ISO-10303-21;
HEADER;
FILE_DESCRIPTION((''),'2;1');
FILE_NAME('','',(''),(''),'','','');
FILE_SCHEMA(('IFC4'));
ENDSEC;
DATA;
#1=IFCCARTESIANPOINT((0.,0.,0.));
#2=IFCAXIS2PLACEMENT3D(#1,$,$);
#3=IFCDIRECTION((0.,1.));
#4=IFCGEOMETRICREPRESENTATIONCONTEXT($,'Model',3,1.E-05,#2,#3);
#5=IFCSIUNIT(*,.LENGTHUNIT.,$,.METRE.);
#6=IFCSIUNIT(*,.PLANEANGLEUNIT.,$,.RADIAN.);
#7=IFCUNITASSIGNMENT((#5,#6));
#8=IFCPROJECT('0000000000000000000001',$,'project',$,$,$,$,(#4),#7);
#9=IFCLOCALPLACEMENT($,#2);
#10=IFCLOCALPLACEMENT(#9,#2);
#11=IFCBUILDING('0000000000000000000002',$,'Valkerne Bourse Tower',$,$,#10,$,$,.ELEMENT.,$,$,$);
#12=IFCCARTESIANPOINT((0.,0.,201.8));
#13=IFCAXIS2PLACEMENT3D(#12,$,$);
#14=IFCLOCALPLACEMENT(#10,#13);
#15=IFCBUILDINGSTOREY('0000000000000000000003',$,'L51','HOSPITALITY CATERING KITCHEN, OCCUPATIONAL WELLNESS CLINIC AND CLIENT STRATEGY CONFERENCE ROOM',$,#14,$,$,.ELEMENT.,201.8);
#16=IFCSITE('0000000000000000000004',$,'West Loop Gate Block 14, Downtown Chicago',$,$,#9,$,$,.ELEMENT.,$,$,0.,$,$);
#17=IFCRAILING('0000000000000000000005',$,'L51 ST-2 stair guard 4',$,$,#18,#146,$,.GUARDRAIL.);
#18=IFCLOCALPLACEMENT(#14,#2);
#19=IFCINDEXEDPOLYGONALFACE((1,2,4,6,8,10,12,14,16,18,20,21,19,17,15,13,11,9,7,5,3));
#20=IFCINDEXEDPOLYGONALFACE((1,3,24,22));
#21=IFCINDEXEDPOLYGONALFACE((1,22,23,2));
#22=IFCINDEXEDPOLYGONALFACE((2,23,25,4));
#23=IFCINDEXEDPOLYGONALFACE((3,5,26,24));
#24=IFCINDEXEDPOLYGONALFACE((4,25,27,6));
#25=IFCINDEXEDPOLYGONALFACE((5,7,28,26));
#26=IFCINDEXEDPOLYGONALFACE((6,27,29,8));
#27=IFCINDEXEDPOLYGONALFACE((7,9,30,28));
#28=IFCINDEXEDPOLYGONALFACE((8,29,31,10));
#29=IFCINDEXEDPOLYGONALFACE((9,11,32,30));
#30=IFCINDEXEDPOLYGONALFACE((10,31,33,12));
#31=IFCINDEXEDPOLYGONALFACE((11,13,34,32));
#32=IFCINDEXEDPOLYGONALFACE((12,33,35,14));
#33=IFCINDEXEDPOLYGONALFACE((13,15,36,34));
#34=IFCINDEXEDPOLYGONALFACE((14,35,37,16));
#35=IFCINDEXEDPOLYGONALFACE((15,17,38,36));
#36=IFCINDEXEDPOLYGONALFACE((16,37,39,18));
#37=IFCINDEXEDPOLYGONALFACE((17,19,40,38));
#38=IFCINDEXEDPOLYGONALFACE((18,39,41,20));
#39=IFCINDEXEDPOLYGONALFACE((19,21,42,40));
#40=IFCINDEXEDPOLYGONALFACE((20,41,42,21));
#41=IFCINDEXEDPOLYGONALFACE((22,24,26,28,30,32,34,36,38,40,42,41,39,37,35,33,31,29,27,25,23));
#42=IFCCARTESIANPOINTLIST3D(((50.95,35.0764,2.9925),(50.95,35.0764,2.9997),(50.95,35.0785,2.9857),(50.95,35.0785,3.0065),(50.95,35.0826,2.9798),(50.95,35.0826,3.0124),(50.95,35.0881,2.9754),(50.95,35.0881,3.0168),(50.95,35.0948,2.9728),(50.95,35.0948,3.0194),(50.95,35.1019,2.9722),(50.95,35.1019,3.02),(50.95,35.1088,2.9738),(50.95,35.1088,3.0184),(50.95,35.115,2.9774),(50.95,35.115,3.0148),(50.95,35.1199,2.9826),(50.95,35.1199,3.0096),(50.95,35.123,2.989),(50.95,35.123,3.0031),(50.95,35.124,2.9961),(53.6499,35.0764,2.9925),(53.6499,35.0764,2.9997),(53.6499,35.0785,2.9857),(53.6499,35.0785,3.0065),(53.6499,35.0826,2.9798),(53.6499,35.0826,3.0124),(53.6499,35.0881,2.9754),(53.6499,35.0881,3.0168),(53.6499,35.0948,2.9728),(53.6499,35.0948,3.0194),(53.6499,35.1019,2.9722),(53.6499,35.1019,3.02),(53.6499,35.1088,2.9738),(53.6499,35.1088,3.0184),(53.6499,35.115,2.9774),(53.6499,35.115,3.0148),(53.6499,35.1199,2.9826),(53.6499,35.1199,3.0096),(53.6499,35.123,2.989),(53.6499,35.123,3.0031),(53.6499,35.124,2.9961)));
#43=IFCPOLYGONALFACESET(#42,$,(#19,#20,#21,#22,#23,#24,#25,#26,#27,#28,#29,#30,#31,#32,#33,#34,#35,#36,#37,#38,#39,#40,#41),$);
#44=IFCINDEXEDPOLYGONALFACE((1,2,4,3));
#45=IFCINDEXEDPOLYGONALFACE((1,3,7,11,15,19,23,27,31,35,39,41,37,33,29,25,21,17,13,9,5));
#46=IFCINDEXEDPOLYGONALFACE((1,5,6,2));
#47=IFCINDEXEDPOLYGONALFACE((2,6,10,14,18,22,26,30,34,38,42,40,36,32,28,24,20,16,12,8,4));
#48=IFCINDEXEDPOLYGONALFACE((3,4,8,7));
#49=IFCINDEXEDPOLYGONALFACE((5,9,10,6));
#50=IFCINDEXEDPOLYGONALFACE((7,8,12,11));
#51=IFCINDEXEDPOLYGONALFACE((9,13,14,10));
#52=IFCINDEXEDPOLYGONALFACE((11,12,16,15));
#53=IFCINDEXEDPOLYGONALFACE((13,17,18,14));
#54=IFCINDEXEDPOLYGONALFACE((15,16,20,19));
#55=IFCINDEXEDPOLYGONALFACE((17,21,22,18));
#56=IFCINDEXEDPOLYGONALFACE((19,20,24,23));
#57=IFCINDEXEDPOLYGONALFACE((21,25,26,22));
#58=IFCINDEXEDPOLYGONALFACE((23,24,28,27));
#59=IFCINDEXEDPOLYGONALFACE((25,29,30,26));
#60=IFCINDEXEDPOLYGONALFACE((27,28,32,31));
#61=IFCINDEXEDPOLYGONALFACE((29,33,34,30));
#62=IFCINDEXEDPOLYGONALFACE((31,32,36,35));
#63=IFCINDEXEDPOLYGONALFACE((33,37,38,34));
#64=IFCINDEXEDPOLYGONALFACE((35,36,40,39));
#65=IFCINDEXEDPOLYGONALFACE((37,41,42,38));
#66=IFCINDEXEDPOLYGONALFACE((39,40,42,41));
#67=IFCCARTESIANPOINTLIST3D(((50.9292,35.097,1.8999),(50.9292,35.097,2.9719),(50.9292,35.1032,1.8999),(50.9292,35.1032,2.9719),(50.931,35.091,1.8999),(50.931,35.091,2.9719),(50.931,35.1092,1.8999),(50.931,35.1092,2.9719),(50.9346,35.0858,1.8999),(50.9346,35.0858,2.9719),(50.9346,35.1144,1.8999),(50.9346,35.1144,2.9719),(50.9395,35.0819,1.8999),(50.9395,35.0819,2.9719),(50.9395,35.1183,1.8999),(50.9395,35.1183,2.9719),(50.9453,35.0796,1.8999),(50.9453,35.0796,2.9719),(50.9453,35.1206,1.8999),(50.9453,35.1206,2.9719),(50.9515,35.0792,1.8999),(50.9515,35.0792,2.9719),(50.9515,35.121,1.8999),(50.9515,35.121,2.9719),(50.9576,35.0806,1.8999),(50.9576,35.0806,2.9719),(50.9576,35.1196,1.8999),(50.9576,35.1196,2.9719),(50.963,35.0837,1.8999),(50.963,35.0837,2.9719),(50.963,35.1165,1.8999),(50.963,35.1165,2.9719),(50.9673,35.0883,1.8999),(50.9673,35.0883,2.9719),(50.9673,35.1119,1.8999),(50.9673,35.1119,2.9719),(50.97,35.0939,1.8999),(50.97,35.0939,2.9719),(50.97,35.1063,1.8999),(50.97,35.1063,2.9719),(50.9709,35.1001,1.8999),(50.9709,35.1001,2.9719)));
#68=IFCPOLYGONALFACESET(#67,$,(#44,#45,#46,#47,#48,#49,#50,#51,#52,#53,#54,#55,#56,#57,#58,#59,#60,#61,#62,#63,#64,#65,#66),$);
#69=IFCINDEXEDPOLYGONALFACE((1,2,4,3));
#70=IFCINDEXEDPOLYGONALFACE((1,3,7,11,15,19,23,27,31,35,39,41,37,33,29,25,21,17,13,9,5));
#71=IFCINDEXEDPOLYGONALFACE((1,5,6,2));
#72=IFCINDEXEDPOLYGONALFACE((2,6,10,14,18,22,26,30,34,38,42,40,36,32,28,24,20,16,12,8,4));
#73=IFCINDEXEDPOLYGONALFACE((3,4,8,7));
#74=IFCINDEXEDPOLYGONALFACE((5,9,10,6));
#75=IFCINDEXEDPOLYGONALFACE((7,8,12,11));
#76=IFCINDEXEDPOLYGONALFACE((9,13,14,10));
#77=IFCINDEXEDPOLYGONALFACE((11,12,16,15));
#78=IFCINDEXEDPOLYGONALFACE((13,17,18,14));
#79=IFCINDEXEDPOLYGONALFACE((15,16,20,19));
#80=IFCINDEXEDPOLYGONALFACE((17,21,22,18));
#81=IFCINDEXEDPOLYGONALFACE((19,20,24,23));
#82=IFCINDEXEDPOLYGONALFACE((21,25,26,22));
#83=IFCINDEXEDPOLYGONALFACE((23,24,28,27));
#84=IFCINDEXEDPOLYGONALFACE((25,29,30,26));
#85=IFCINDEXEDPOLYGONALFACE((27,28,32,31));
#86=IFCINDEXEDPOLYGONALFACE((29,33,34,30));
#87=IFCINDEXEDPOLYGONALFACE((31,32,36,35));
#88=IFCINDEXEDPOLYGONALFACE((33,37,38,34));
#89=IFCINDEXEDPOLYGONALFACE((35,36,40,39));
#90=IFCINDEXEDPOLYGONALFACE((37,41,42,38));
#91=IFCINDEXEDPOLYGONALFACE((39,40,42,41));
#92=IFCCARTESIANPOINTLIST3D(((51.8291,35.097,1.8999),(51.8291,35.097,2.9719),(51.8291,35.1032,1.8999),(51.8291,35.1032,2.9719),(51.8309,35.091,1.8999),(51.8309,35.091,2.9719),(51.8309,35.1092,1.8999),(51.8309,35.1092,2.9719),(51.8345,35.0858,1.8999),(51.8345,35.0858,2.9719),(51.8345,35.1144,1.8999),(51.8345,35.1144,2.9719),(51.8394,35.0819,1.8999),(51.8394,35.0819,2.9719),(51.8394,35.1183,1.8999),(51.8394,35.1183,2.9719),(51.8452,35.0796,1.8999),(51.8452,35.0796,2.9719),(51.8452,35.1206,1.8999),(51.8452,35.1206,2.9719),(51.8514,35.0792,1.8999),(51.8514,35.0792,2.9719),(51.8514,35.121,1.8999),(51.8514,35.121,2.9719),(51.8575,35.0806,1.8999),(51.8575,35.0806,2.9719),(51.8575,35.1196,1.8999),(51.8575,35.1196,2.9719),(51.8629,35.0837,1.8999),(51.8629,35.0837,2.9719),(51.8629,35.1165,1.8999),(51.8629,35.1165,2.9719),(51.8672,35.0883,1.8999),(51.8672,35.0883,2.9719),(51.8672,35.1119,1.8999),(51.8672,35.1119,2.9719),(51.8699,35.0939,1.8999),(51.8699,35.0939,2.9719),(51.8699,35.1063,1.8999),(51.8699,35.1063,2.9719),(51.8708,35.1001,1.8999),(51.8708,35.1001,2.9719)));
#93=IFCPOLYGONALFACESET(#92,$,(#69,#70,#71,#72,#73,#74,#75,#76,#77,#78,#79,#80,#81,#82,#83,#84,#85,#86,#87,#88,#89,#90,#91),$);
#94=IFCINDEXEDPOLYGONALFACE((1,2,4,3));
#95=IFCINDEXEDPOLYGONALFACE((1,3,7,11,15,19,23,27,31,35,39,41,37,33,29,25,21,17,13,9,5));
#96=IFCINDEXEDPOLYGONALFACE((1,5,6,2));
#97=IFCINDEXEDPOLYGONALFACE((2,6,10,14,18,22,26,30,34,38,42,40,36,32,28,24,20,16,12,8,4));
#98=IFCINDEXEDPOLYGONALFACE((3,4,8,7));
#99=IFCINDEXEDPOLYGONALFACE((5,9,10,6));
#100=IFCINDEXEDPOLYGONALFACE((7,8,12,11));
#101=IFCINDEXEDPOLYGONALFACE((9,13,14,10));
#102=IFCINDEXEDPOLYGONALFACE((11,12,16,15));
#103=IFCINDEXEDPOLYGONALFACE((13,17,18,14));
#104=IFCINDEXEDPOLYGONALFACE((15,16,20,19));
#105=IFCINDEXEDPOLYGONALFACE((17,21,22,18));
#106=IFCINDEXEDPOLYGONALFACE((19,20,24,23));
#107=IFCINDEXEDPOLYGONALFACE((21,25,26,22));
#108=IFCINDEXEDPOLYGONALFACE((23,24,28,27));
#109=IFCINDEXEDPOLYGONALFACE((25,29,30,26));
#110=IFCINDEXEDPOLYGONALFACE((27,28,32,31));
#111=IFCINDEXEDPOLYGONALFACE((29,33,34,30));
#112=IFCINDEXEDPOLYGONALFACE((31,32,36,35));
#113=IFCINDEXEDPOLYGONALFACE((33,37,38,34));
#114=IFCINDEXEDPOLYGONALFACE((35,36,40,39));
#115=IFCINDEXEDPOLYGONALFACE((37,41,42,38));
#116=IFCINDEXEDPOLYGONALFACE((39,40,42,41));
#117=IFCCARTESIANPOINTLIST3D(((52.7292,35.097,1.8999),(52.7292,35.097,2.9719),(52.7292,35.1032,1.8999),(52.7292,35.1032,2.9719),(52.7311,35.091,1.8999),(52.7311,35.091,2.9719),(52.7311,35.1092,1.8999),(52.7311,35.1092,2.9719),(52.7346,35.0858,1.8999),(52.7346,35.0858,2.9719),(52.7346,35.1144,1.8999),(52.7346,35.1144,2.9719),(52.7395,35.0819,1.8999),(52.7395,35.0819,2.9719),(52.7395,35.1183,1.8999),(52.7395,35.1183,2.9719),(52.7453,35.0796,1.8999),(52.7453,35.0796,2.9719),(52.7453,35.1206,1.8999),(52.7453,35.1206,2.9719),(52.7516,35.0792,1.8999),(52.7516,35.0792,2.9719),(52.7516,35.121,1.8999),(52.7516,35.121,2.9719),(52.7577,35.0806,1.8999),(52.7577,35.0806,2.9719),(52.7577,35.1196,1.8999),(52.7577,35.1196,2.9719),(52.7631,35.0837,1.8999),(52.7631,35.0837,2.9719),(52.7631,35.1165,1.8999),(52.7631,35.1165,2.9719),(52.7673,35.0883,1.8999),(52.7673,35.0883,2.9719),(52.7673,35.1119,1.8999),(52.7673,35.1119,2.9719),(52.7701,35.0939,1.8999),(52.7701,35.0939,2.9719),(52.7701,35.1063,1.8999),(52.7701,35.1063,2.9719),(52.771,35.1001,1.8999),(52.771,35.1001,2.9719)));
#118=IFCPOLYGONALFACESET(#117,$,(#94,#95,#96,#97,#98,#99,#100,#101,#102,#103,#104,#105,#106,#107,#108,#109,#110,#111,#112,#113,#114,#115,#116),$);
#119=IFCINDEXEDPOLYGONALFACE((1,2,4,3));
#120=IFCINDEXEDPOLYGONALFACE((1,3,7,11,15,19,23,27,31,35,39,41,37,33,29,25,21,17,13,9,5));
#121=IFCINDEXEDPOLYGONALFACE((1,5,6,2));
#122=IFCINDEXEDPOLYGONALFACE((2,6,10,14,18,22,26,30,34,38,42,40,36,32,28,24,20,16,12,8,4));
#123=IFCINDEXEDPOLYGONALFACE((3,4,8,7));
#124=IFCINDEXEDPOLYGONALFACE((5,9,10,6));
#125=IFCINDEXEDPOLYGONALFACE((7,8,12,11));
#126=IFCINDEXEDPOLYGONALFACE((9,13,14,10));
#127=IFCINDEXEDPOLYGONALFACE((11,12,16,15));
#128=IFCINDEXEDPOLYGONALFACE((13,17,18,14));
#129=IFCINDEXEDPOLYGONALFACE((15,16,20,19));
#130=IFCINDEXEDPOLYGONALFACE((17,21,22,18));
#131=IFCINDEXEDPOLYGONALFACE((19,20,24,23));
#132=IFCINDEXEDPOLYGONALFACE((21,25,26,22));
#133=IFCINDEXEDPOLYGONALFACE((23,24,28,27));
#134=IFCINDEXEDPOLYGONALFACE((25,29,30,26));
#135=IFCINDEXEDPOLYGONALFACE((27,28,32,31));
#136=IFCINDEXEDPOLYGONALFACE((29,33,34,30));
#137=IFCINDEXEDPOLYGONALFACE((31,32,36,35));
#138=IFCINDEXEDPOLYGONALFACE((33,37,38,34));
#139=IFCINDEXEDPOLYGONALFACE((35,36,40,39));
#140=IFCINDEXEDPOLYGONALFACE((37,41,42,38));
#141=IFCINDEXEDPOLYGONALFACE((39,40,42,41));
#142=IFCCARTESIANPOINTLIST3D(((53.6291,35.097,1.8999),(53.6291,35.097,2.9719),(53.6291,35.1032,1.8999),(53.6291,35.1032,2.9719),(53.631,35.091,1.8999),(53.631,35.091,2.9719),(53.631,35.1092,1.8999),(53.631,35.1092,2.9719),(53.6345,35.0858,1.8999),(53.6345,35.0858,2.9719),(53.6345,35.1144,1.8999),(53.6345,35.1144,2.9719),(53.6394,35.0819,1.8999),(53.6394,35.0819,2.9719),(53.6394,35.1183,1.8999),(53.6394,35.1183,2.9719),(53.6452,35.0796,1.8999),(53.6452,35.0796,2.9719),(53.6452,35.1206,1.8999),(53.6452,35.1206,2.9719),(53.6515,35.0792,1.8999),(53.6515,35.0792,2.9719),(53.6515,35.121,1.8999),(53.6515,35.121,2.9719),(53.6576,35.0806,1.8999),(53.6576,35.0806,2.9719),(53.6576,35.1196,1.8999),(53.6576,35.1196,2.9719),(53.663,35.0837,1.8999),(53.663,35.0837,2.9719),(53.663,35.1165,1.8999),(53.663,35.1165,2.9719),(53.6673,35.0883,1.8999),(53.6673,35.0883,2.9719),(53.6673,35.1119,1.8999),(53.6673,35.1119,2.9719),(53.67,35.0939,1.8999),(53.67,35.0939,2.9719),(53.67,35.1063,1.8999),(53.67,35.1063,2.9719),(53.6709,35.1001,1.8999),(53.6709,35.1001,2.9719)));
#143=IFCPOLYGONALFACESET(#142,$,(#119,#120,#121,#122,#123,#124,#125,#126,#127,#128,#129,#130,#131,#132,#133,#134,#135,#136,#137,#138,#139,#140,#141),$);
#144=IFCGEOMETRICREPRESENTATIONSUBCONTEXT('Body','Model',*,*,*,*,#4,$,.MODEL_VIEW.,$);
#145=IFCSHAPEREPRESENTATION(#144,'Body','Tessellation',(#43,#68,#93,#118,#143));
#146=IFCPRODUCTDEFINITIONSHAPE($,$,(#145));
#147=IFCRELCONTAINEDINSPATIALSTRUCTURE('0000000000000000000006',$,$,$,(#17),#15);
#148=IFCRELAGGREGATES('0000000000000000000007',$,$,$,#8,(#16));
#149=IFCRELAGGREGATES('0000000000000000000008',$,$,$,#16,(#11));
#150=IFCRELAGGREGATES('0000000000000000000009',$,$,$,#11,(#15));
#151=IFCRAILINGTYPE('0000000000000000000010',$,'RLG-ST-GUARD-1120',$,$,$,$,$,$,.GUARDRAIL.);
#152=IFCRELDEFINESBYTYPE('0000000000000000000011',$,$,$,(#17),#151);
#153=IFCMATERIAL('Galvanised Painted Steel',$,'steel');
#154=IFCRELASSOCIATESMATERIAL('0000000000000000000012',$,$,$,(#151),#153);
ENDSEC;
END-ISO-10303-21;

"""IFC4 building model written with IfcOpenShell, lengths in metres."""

from ifc_helpers import new_model, si_unit, direction, frame, origin, origin_2d, place, context, subcontext, project, spatial, circle, extrude, material, type_object, element, save


model = new_model("IFC4")

# Units and contexts
model_context = context("Model", 3, precision=1e-05, world=origin(), true_north=direction((0.0, 1.0)))
body_context = subcontext(model_context, "Body", "Model", "MODEL_VIEW")
ifc_project = project(units=[si_unit("LENGTHUNIT", "METRE"), si_unit("PLANEANGLEUNIT", "RADIAN")], contexts=[model_context])

# Site, building, storey
site_placement = place(None, origin())
site = spatial("IfcSite", under=ifc_project, at=site_placement, Name="West Loop Gate Block 14, Downtown Chicago", CompositionType="ELEMENT", RefElevation=0.0)
building_placement = place(site_placement, origin())
building = spatial("IfcBuilding", under=site, at=building_placement, Name="Valkerne Bourse Tower", CompositionType="ELEMENT")
storey_placement = place(building_placement, frame((0.0, 0.0, 201.8)))
storey = spatial("IfcBuildingStorey", under=building, at=storey_placement, Name="L51", Description="HOSPITALITY CATERING KITCHEN, OCCUPATIONAL WELLNESS CLINIC AND CLIENT STRATEGY CONFERENCE ROOM", CompositionType="ELEMENT", Elevation=201.8)

# Railing
ifc_material_1 = material(Name="Galvanised Painted Steel", Category="steel")
railing_type_1 = type_object("IfcRailingType", Name="RLG-ST-GUARD-1120", PredefinedType="GUARDRAIL", material=ifc_material_1)
railing_1_placement = place(storey_placement, frame((50.95, 35.1001, 1.8999)))
element("IfcRailing", 1, at=railing_1_placement, inside=storey, type_object=railing_type_1, Name="L51 ST-2 stair guard 4", PredefinedType="GUARDRAIL", context=body_context, shape_type="SweptSolid", body=[
    extrude(circle(Radius=0.0239, at=origin_2d()), frame((0.0, 0.0, 1.0962), z_axis=(1.0, 0.0, 0.0), x_axis=(0.0, 1.0, 0.0)), (0.0, 0.0, 1.0), 2.7),
    extrude(circle(Radius=0.021, at=origin_2d()), origin(), (0.0, 0.0, 1.0), 1.072),
    extrude(circle(Radius=0.021, at=origin_2d()), frame((0.8999, 0.0, 0.0)), (0.0, 0.0, 1.0), 1.072),
    extrude(circle(Radius=0.021, at=origin_2d()), frame((1.8, 0.0, 0.0)), (0.0, 0.0, 1.0), 1.072),
    extrude(circle(Radius=0.021, at=origin_2d()), frame((2.7, 0.0, 0.0)), (0.0, 0.0, 1.0), 1.072),
])

save(model, "model.ifc")
